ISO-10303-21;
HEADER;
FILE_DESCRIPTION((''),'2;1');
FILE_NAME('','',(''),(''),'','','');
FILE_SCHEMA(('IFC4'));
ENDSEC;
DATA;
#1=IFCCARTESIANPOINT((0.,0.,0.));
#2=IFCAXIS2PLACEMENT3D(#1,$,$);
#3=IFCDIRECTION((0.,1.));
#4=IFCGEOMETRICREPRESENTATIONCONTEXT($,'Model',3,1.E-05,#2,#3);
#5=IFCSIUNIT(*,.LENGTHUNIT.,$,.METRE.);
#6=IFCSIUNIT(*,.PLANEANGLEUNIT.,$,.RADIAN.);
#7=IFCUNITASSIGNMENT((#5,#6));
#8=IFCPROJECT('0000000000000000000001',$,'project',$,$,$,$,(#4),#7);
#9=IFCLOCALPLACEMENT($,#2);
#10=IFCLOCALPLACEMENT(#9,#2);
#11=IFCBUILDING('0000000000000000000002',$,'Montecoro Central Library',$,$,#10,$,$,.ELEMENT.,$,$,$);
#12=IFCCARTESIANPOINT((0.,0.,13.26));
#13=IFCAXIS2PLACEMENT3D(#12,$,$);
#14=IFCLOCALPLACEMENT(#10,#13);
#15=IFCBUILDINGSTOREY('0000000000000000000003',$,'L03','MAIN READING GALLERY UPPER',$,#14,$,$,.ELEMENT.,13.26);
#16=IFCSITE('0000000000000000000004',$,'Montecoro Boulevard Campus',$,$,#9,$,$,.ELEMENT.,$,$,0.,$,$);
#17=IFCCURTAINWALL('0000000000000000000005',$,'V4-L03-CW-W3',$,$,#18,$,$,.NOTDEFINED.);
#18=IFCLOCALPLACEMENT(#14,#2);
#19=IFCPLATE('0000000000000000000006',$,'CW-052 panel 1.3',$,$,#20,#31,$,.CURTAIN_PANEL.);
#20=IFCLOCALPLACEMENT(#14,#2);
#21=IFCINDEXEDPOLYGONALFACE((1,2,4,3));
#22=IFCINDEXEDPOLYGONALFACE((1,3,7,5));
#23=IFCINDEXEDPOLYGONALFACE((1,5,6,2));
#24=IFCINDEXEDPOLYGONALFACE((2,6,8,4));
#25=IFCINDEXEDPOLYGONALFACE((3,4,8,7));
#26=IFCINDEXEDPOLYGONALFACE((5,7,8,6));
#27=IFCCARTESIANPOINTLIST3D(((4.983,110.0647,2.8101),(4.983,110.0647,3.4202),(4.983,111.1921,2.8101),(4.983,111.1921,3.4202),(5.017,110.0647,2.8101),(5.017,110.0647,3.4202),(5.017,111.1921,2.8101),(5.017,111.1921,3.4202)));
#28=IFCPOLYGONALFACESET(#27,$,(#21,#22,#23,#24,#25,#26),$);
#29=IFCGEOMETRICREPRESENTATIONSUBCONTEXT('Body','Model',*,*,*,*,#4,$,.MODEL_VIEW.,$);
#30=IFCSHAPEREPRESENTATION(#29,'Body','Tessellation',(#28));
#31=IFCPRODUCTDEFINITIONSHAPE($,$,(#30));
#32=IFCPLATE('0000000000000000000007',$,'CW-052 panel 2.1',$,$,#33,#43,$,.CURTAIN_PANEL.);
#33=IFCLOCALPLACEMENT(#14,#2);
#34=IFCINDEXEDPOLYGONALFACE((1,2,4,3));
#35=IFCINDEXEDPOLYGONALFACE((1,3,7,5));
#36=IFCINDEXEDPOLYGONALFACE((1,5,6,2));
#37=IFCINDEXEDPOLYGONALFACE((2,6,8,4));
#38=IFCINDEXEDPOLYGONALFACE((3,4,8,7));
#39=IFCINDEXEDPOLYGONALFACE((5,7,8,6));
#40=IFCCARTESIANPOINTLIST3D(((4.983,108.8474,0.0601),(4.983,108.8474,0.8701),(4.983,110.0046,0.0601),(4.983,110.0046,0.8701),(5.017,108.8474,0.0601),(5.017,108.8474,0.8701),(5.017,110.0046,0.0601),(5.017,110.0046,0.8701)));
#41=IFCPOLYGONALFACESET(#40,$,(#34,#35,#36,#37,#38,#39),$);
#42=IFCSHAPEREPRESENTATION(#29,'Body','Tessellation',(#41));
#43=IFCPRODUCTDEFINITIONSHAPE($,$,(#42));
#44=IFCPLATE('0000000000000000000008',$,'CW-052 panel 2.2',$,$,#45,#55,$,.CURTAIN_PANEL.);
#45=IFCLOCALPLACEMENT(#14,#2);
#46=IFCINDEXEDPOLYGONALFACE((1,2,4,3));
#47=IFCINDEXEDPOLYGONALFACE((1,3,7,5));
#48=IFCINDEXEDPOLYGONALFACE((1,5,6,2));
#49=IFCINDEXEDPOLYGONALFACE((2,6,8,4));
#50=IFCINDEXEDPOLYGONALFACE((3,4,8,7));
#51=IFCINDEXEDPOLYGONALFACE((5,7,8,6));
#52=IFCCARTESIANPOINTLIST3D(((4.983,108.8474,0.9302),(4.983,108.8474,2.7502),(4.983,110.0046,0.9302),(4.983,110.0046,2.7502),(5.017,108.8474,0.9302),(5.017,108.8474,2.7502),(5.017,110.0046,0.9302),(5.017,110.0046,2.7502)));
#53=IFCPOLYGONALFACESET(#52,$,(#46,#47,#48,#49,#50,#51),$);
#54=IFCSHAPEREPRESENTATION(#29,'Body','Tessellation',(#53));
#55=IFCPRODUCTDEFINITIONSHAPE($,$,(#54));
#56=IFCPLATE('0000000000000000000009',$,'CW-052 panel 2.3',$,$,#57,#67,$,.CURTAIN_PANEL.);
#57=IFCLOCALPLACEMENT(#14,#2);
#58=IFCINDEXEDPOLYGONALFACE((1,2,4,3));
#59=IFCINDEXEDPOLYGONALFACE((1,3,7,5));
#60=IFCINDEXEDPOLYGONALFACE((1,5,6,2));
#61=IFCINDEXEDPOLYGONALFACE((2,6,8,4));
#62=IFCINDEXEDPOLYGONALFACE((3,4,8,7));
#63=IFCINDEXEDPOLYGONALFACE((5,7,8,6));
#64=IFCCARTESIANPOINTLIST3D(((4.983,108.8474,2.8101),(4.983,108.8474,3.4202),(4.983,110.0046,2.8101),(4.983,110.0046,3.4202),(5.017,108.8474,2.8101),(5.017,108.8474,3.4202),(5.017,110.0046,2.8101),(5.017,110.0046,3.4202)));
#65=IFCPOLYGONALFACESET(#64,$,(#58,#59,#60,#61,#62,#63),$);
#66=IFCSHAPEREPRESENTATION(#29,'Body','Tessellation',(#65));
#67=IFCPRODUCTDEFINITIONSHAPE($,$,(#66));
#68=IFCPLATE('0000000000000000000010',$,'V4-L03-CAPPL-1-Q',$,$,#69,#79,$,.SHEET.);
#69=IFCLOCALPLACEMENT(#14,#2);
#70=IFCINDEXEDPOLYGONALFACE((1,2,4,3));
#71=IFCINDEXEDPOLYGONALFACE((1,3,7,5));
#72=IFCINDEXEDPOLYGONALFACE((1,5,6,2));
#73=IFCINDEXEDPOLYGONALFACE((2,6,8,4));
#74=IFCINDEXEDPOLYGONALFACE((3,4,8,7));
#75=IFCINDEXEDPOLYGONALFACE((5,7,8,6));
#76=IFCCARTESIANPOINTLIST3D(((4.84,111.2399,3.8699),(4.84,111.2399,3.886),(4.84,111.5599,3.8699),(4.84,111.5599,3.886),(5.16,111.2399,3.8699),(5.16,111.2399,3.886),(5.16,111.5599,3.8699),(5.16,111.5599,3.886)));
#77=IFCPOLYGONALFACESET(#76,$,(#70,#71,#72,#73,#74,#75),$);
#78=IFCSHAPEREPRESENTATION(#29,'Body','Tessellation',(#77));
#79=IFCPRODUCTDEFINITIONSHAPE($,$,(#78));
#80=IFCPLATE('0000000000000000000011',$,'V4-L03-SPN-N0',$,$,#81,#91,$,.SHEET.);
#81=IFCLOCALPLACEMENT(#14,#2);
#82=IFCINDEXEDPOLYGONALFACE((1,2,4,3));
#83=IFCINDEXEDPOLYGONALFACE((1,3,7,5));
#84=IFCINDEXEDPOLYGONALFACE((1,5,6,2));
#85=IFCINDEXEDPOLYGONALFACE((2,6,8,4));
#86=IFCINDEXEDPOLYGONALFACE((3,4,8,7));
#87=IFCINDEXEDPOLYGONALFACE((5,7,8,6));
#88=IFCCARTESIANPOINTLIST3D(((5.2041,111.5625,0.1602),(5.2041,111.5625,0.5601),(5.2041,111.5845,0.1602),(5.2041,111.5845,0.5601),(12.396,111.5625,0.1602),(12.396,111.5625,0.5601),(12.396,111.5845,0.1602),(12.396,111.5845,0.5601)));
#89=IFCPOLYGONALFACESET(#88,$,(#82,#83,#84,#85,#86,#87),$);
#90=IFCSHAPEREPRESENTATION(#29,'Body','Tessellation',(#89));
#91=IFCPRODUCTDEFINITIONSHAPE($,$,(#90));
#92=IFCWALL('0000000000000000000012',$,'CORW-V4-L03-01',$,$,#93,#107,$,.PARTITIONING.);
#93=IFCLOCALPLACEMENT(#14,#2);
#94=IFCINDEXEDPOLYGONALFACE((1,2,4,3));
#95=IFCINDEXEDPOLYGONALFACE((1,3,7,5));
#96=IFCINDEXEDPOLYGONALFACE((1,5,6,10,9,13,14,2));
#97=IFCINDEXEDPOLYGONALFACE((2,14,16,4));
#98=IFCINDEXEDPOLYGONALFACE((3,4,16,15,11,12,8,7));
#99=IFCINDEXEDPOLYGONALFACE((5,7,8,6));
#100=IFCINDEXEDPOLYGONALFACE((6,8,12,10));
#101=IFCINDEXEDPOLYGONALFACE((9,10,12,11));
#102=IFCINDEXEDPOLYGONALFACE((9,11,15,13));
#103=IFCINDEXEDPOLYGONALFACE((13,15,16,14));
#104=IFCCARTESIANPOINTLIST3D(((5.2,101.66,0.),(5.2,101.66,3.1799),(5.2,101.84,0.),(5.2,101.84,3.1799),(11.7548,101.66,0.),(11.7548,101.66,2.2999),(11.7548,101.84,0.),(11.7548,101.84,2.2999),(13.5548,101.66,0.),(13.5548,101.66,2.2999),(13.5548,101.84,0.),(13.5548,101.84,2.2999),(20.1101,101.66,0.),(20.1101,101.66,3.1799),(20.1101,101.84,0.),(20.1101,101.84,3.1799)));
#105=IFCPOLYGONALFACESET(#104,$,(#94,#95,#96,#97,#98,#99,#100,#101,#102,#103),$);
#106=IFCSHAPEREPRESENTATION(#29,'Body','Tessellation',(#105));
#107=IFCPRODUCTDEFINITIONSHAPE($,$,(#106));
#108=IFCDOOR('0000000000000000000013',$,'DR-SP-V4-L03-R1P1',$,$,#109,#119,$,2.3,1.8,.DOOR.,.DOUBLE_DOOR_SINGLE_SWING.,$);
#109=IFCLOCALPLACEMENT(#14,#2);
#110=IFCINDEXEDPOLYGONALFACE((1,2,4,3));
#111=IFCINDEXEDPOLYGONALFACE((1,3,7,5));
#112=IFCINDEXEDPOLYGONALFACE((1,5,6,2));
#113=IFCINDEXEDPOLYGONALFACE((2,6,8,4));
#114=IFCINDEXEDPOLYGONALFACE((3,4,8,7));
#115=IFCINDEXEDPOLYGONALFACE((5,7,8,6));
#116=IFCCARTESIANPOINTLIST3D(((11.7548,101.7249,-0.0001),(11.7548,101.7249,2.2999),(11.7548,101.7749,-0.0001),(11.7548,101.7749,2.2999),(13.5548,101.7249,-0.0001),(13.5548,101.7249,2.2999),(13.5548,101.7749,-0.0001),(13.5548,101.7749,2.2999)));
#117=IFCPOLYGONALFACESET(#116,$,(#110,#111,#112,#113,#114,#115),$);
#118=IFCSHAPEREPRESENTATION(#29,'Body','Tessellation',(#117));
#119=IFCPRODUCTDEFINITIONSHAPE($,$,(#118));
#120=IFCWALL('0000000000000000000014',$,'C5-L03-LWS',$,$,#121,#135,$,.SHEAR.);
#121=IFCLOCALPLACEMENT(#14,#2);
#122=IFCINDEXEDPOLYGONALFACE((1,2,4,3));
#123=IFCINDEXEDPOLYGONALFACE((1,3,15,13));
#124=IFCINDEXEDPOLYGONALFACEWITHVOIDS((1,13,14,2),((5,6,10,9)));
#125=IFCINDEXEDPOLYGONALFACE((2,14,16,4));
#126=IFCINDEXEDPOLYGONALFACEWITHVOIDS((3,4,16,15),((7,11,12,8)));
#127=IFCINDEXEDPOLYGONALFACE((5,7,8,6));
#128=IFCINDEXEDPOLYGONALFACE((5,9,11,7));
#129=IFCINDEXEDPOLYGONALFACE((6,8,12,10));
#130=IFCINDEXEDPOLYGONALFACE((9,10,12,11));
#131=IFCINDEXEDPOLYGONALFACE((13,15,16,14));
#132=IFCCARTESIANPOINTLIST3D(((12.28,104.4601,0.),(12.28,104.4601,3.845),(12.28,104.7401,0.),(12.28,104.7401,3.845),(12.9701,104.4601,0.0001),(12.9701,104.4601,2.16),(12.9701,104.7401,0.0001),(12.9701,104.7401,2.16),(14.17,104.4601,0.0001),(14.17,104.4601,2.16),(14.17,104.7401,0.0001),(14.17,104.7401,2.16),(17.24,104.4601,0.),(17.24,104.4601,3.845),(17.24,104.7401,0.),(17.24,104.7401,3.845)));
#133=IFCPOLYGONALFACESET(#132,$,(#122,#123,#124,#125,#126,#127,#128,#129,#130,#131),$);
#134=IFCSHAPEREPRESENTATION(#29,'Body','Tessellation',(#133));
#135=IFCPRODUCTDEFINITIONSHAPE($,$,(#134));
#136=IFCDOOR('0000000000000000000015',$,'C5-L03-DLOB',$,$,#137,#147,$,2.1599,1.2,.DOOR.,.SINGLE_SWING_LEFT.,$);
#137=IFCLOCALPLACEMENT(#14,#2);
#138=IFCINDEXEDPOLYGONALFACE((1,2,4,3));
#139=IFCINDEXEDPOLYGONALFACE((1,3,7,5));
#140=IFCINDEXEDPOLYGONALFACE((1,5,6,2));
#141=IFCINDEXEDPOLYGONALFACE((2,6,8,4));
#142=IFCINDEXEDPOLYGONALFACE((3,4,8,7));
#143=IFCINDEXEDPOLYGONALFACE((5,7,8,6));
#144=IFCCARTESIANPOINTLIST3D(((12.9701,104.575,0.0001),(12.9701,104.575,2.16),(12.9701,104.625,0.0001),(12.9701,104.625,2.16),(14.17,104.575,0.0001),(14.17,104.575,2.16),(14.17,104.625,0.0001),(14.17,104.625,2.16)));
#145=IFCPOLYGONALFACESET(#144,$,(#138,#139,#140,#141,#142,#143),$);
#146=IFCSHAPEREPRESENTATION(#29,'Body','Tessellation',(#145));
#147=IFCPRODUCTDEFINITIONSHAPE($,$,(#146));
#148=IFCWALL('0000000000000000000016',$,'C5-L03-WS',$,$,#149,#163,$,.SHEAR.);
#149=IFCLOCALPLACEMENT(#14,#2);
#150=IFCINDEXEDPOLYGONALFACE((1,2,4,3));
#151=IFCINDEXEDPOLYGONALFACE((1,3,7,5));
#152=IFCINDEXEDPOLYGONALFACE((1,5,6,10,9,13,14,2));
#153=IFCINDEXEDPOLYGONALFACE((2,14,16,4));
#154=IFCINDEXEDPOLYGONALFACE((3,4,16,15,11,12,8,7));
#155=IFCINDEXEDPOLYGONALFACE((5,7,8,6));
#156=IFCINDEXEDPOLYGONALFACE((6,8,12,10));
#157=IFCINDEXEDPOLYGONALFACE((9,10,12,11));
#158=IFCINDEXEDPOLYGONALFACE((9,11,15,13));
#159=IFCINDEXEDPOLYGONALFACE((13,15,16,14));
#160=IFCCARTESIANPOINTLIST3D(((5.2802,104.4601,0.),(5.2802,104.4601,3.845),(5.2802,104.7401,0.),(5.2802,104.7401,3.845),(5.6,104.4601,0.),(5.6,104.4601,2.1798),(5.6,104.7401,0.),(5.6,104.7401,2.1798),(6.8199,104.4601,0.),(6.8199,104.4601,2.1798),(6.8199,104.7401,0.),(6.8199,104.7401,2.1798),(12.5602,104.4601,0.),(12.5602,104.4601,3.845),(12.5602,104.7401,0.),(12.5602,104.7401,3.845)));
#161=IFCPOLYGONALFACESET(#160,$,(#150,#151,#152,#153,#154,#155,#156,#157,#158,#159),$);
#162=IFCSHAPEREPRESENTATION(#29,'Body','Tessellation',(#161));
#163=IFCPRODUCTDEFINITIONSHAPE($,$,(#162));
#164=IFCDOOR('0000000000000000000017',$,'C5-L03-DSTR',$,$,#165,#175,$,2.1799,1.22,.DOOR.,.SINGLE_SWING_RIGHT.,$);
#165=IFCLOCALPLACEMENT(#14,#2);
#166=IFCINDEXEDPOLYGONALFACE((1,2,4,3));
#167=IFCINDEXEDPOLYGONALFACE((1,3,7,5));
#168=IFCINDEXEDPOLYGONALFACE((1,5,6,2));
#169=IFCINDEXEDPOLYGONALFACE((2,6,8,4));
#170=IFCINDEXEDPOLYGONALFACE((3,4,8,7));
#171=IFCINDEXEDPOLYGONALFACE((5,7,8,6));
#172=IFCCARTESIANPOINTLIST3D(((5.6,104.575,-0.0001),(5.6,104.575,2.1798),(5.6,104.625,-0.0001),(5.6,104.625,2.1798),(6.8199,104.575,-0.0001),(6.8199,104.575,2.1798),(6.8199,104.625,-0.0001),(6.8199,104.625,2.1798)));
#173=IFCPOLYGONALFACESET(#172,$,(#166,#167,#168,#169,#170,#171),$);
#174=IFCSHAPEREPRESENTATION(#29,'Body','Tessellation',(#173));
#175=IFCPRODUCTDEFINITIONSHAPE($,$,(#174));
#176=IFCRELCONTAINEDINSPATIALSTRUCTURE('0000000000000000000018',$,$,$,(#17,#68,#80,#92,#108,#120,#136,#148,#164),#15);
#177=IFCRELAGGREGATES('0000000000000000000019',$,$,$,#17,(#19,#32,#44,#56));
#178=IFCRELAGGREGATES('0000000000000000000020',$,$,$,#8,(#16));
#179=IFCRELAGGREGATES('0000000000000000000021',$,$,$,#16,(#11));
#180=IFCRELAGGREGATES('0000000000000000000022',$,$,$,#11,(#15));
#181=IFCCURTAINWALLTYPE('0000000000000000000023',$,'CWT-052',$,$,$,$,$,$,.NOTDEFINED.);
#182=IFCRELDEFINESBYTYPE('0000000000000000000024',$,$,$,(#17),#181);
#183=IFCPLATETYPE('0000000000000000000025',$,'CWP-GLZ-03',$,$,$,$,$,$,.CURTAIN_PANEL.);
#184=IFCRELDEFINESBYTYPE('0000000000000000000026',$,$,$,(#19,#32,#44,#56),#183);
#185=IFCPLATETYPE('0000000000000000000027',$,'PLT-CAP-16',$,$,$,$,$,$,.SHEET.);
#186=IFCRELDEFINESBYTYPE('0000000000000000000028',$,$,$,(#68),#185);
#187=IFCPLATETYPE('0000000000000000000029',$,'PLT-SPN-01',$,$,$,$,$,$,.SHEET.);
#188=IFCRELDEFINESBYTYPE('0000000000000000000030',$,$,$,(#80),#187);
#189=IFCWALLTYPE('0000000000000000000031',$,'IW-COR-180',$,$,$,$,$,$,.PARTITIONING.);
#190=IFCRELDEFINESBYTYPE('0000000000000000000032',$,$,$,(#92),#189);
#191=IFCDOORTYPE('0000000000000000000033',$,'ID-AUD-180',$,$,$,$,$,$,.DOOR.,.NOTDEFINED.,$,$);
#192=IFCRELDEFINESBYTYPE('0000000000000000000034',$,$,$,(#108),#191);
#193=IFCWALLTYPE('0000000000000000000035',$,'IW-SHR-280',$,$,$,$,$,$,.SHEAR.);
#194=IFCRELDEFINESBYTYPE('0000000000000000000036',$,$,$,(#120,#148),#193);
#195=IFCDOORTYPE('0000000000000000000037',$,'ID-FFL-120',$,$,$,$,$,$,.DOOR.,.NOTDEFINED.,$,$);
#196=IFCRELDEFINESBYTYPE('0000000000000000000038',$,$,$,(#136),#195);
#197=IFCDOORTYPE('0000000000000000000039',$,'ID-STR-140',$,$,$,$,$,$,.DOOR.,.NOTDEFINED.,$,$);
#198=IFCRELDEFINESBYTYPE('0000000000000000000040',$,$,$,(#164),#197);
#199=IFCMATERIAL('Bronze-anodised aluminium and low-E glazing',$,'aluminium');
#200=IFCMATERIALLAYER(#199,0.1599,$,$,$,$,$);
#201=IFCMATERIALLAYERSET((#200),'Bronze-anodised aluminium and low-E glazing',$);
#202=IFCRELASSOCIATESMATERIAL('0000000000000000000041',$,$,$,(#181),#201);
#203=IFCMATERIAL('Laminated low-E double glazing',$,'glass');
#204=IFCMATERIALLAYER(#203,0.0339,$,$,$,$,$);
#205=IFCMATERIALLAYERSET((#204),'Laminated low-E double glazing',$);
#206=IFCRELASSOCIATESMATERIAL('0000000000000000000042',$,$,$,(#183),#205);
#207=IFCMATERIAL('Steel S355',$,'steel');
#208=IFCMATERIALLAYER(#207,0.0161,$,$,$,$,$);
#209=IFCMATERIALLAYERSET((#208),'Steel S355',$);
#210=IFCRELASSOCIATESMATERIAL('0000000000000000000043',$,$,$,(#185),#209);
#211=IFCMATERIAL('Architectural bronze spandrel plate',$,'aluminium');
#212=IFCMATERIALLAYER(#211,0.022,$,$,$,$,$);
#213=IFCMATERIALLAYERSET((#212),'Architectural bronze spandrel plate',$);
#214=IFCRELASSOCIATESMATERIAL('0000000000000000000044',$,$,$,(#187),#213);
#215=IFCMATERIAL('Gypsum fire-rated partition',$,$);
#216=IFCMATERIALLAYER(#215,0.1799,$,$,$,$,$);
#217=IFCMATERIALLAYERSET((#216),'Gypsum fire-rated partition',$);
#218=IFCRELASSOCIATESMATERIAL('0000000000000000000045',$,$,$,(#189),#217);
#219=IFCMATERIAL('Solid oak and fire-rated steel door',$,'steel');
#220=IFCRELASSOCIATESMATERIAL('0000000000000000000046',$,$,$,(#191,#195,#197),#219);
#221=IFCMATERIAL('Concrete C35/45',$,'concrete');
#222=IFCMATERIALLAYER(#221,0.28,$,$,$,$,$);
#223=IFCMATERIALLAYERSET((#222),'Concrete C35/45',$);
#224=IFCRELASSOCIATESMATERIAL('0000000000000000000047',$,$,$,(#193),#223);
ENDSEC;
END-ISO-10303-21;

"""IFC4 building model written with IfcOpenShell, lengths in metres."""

from ifc_helpers import new_model, si_unit, direction, frame, frame_2d, origin, origin_2d, place, context, subcontext, project, spatial, rectangle, extrude, material, layer, layer_set, type_object, element, fill, aggregate, save


model = new_model("IFC4")

# Units and contexts
model_context = context("Model", 3, precision=1e-05, world=origin(), true_north=direction((0.0, 1.0)))
body_context = subcontext(model_context, "Body", "Model", "MODEL_VIEW")
ifc_project = project(units=[si_unit("LENGTHUNIT", "METRE"), si_unit("PLANEANGLEUNIT", "RADIAN")], contexts=[model_context])

# Site, building, storey
site_placement = place(None, origin())
site = spatial("IfcSite", under=ifc_project, at=site_placement, Name="Montecoro Boulevard Campus", CompositionType="ELEMENT", RefElevation=0.0)
building_placement = place(site_placement, origin())
building = spatial("IfcBuilding", under=site, at=building_placement, Name="Montecoro Central Library", CompositionType="ELEMENT")
storey_placement = place(building_placement, frame((0.0, 0.0, 13.26)))
storey = spatial("IfcBuildingStorey", under=building, at=storey_placement, Name="L03", Description="MAIN READING GALLERY UPPER", CompositionType="ELEMENT", Elevation=13.26)

# Shared definitions
ifc_material_1 = material(Name="Steel S355", Category="steel")

# Shared definitions
ifc_material_2 = material(Name="Concrete C35/45", Category="concrete")

# Curtain wall, plates
ifc_material_3 = material(Name="Bronze-anodised aluminium and low-E glazing", Category="aluminium")
ifc_layer_1 = layer(ifc_material_3, 0.1599)
ifc_layer_set_1 = layer_set([ifc_layer_1], Name="Bronze-anodised aluminium and low-E glazing")
curtain_wall_type = type_object("IfcCurtainWallType", Name="CWT-052", PredefinedType="NOTDEFINED", material=ifc_layer_set_1)
curtain_wall_placement = place(storey_placement, origin())
curtain_wall = element("IfcCurtainWall", 1, at=curtain_wall_placement, inside=storey, type_object=curtain_wall_type, Name="V4-L03-CW-W3", PredefinedType="NOTDEFINED")
ifc_material_4 = material(Name="Laminated low-E double glazing", Category="glass")
ifc_layer_2 = layer(ifc_material_4, 0.0339)
ifc_layer_set_2 = layer_set([ifc_layer_2], Name="Laminated low-E double glazing")
plate_type_1 = type_object("IfcPlateType", Name="CWP-GLZ-03", PredefinedType="CURTAIN_PANEL", material=ifc_layer_set_2)
plate_1_placement = place(storey_placement, frame((5.0, 110.6284, 2.8101), z_axis=(0.0, 0.0, 1.0), x_axis=(0.0, -1.0, 0.0)))
plate_1 = element("IfcPlate", 2, at=plate_1_placement, type_object=plate_type_1, Name="CW-052 panel 1.3", PredefinedType="CURTAIN_PANEL", context=body_context, shape_type="SweptSolid", body=[
    extrude(rectangle(XDim=1.1274, YDim=0.0339, at=origin_2d()), origin(), (0.0, 0.0, 1.0), 0.6101),
])
plate_2_placement = place(storey_placement, frame((5.0, 109.426, 0.0601), z_axis=(0.0, 0.0, 1.0), x_axis=(0.0, -1.0, 0.0)))
plate_2 = element("IfcPlate", 3, at=plate_2_placement, type_object=plate_type_1, Name="CW-052 panel 2.1", PredefinedType="CURTAIN_PANEL", context=body_context, shape_type="SweptSolid", body=[
    extrude(rectangle(XDim=1.1572, YDim=0.0339, at=origin_2d()), origin(), (0.0, 0.0, 1.0), 0.8101),
])
plate_3_placement = place(storey_placement, frame((5.0, 109.426, 0.9302), z_axis=(0.0, 0.0, 1.0), x_axis=(0.0, -1.0, 0.0)))
plate_3 = element("IfcPlate", 4, at=plate_3_placement, type_object=plate_type_1, Name="CW-052 panel 2.2", PredefinedType="CURTAIN_PANEL", context=body_context, shape_type="SweptSolid", body=[
    extrude(rectangle(XDim=1.1572, YDim=0.0339, at=origin_2d()), origin(), (0.0, 0.0, 1.0), 1.8201),
])
plate_4_placement = place(storey_placement, frame((5.0, 109.426, 2.8101), z_axis=(0.0, 0.0, 1.0), x_axis=(0.0, -1.0, 0.0)))
plate_4 = element("IfcPlate", 5, at=plate_4_placement, type_object=plate_type_1, Name="CW-052 panel 2.3", PredefinedType="CURTAIN_PANEL", context=body_context, shape_type="SweptSolid", body=[
    extrude(rectangle(XDim=1.1572, YDim=0.0339, at=origin_2d()), origin(), (0.0, 0.0, 1.0), 0.6101),
])
aggregate(curtain_wall, [plate_1, plate_2, plate_3, plate_4])

# Plates
ifc_layer_3 = layer(ifc_material_1, 0.0161)
ifc_layer_set_3 = layer_set([ifc_layer_3], Name="Steel S355")
plate_type_2 = type_object("IfcPlateType", Name="PLT-CAP-16", PredefinedType="SHEET", material=ifc_layer_set_3)
plate_5_placement = place(storey_placement, frame((5.0, 111.3999, 3.8699), z_axis=(0.0, 0.0, 1.0), x_axis=(1.0, 0.0, 0.0)))
element("IfcPlate", 6, at=plate_5_placement, inside=storey, type_object=plate_type_2, Name="V4-L03-CAPPL-1-Q", PredefinedType="SHEET", context=body_context, shape_type="SweptSolid", body=[
    extrude(rectangle(XDim=0.3201, YDim=0.3201, at=origin_2d()), origin(), (0.0, 0.0, 1.0), 0.0161),
])
ifc_material_5 = material(Name="Architectural bronze spandrel plate", Category="aluminium")
ifc_layer_4 = layer(ifc_material_5, 0.022)
ifc_layer_set_4 = layer_set([ifc_layer_4], Name="Architectural bronze spandrel plate")
plate_type_3 = type_object("IfcPlateType", Name="PLT-SPN-01", PredefinedType="SHEET", material=ifc_layer_set_4)
plate_6_placement = place(storey_placement, frame((8.8, 111.5735, 0.1602), z_axis=(0.0, 0.0, 1.0), x_axis=(-1.0, 0.0, 0.0)))
element("IfcPlate", 7, at=plate_6_placement, inside=storey, type_object=plate_type_3, Name="V4-L03-SPN-N0", PredefinedType="SHEET", context=body_context, shape_type="SweptSolid", body=[
    extrude(rectangle(XDim=7.1919, YDim=0.022, at=origin_2d()), origin(), (0.0, 0.0, 1.0), 0.3999),
])

# Walls, openings, doors
ifc_material_6 = material(Name="Gypsum fire-rated partition")
ifc_layer_5 = layer(ifc_material_6, 0.1799)
ifc_layer_set_5 = layer_set([ifc_layer_5], Name="Gypsum fire-rated partition")
wall_type_1 = type_object("IfcWallType", Name="IW-COR-180", PredefinedType="PARTITIONING", material=ifc_layer_set_5)
wall_1_placement = place(storey_placement, frame((5.2, 101.75, 0.0), z_axis=(0.0, 0.0, 1.0), x_axis=(1.0, 0.0, 0.0)))
wall_1 = element("IfcWall", 8, at=wall_1_placement, inside=storey, type_object=wall_type_1, Name="CORW-V4-L03-01", PredefinedType="PARTITIONING", context=body_context, shape_type="SweptSolid", body=[
    extrude(rectangle(XDim=14.9102, YDim=0.1799, at=frame_2d((7.4551, 0.0))), origin(), (0.0, 0.0, 1.0), 3.1799),
])
opening_1_placement = place(wall_1_placement, frame((6.5549, 0.0, 0.0)))
opening_1 = element("IfcOpeningElement", 9, at=opening_1_placement, cuts=wall_1, PredefinedType="OPENING", context=body_context, shape_type="SweptSolid", body=[
    extrude(rectangle(XDim=1.8, YDim=2.3, at=frame_2d((0.8999, 1.1499))), frame((0.0, 0.0999, 0.0), z_axis=(0.0, -1.0, 0.0), x_axis=(1.0, 0.0, 0.0)), (0.0, 0.0, 1.0), 0.2),
])
ifc_material_7 = material(Name="Solid oak and fire-rated steel door", Category="steel")
door_type_1 = type_object("IfcDoorType", Name="ID-AUD-180", OperationType="NOTDEFINED", PredefinedType="DOOR", material=ifc_material_7)
door_1_placement = place(opening_1_placement, origin())
door_1 = element("IfcDoor", 10, at=door_1_placement, inside=storey, type_object=door_type_1, Name="DR-SP-V4-L03-R1P1", OperationType="DOUBLE_DOOR_SINGLE_SWING", OverallHeight=2.3, OverallWidth=1.8, PredefinedType="DOOR", context=body_context, shape_type="SweptSolid", body=[
    extrude(rectangle(XDim=1.8, YDim=2.3, at=frame_2d((0.8999, 1.1499))), frame((0.0, 0.0249, 0.0), z_axis=(0.0, -1.0, 0.0), x_axis=(1.0, 0.0, 0.0)), (0.0, 0.0, 1.0), 0.05),
])
fill(opening_1, door_1)
ifc_layer_6 = layer(ifc_material_2, 0.28)
ifc_layer_set_6 = layer_set([ifc_layer_6], Name="Concrete C35/45")
wall_type_2 = type_object("IfcWallType", Name="IW-SHR-280", PredefinedType="SHEAR", material=ifc_layer_set_6)
wall_2_placement = place(storey_placement, frame((12.28, 104.6001, 0.0), z_axis=(0.0, 0.0, 1.0), x_axis=(1.0, 0.0, 0.0)))
wall_2 = element("IfcWall", 11, at=wall_2_placement, inside=storey, type_object=wall_type_2, Name="C5-L03-LWS", PredefinedType="SHEAR", context=body_context, shape_type="SweptSolid", body=[
    extrude(rectangle(XDim=4.96, YDim=0.28, at=frame_2d((2.48, 0.0))), origin(), (0.0, 0.0, 1.0), 3.845),
])
opening_2_placement = place(wall_2_placement, frame((0.6899, 0.0, 0.0)))
opening_2 = element("IfcOpeningElement", 12, at=opening_2_placement, cuts=wall_2, PredefinedType="OPENING", context=body_context, shape_type="SweptSolid", body=[
    extrude(rectangle(XDim=1.2, YDim=2.1599, at=frame_2d((0.6001, 1.0801))), frame((0.0, 0.1499, 0.0), z_axis=(0.0, -1.0, 0.0), x_axis=(1.0, 0.0, 0.0)), (0.0, 0.0, 1.0), 0.3),
])
door_type_2 = type_object("IfcDoorType", Name="ID-FFL-120", OperationType="NOTDEFINED", PredefinedType="DOOR", material=ifc_material_7)
door_2_placement = place(opening_2_placement, origin())
door_2 = element("IfcDoor", 13, at=door_2_placement, inside=storey, type_object=door_type_2, Name="C5-L03-DLOB", OperationType="SINGLE_SWING_LEFT", OverallHeight=2.1599, OverallWidth=1.2, PredefinedType="DOOR", context=body_context, shape_type="SweptSolid", body=[
    extrude(rectangle(XDim=1.2, YDim=2.1599, at=frame_2d((0.6001, 1.0801))), frame((0.0, 0.0249, 0.0), z_axis=(0.0, -1.0, 0.0), x_axis=(1.0, 0.0, 0.0)), (0.0, 0.0, 1.0), 0.05),
])
fill(opening_2, door_2)
wall_3_placement = place(storey_placement, frame((5.28, 104.6001, 0.0), z_axis=(0.0, 0.0, 1.0), x_axis=(1.0, 0.0, 0.0)))
wall_3 = element("IfcWall", 14, at=wall_3_placement, inside=storey, type_object=wall_type_2, Name="C5-L03-WS", PredefinedType="SHEAR", context=body_context, shape_type="SweptSolid", body=[
    extrude(rectangle(XDim=7.28, YDim=0.28, at=frame_2d((3.6401, 0.0))), origin(), (0.0, 0.0, 1.0), 3.845),
])
opening_3_placement = place(wall_3_placement, frame((0.3201, 0.0, 0.0)))
opening_3 = element("IfcOpeningElement", 15, at=opening_3_placement, cuts=wall_3, PredefinedType="OPENING", context=body_context, shape_type="SweptSolid", body=[
    extrude(rectangle(XDim=1.22, YDim=2.1799, at=frame_2d((0.6099, 1.0898))), frame((0.0, 0.1499, 0.0), z_axis=(0.0, -1.0, 0.0), x_axis=(1.0, 0.0, 0.0)), (0.0, 0.0, 1.0), 0.3),
])
door_type_3 = type_object("IfcDoorType", Name="ID-STR-140", OperationType="NOTDEFINED", PredefinedType="DOOR", material=ifc_material_7)
door_3_placement = place(opening_3_placement, origin())
door_3 = element("IfcDoor", 16, at=door_3_placement, inside=storey, type_object=door_type_3, Name="C5-L03-DSTR", OperationType="SINGLE_SWING_RIGHT", OverallHeight=2.1799, OverallWidth=1.22, PredefinedType="DOOR", context=body_context, shape_type="SweptSolid", body=[
    extrude(rectangle(XDim=1.22, YDim=2.1799, at=frame_2d((0.6099, 1.0898))), frame((0.0, 0.0249, 0.0), z_axis=(0.0, -1.0, 0.0), x_axis=(1.0, 0.0, 0.0)), (0.0, 0.0, 1.0), 0.05),
])
fill(opening_3, door_3)

save(model, "model.ifc")
